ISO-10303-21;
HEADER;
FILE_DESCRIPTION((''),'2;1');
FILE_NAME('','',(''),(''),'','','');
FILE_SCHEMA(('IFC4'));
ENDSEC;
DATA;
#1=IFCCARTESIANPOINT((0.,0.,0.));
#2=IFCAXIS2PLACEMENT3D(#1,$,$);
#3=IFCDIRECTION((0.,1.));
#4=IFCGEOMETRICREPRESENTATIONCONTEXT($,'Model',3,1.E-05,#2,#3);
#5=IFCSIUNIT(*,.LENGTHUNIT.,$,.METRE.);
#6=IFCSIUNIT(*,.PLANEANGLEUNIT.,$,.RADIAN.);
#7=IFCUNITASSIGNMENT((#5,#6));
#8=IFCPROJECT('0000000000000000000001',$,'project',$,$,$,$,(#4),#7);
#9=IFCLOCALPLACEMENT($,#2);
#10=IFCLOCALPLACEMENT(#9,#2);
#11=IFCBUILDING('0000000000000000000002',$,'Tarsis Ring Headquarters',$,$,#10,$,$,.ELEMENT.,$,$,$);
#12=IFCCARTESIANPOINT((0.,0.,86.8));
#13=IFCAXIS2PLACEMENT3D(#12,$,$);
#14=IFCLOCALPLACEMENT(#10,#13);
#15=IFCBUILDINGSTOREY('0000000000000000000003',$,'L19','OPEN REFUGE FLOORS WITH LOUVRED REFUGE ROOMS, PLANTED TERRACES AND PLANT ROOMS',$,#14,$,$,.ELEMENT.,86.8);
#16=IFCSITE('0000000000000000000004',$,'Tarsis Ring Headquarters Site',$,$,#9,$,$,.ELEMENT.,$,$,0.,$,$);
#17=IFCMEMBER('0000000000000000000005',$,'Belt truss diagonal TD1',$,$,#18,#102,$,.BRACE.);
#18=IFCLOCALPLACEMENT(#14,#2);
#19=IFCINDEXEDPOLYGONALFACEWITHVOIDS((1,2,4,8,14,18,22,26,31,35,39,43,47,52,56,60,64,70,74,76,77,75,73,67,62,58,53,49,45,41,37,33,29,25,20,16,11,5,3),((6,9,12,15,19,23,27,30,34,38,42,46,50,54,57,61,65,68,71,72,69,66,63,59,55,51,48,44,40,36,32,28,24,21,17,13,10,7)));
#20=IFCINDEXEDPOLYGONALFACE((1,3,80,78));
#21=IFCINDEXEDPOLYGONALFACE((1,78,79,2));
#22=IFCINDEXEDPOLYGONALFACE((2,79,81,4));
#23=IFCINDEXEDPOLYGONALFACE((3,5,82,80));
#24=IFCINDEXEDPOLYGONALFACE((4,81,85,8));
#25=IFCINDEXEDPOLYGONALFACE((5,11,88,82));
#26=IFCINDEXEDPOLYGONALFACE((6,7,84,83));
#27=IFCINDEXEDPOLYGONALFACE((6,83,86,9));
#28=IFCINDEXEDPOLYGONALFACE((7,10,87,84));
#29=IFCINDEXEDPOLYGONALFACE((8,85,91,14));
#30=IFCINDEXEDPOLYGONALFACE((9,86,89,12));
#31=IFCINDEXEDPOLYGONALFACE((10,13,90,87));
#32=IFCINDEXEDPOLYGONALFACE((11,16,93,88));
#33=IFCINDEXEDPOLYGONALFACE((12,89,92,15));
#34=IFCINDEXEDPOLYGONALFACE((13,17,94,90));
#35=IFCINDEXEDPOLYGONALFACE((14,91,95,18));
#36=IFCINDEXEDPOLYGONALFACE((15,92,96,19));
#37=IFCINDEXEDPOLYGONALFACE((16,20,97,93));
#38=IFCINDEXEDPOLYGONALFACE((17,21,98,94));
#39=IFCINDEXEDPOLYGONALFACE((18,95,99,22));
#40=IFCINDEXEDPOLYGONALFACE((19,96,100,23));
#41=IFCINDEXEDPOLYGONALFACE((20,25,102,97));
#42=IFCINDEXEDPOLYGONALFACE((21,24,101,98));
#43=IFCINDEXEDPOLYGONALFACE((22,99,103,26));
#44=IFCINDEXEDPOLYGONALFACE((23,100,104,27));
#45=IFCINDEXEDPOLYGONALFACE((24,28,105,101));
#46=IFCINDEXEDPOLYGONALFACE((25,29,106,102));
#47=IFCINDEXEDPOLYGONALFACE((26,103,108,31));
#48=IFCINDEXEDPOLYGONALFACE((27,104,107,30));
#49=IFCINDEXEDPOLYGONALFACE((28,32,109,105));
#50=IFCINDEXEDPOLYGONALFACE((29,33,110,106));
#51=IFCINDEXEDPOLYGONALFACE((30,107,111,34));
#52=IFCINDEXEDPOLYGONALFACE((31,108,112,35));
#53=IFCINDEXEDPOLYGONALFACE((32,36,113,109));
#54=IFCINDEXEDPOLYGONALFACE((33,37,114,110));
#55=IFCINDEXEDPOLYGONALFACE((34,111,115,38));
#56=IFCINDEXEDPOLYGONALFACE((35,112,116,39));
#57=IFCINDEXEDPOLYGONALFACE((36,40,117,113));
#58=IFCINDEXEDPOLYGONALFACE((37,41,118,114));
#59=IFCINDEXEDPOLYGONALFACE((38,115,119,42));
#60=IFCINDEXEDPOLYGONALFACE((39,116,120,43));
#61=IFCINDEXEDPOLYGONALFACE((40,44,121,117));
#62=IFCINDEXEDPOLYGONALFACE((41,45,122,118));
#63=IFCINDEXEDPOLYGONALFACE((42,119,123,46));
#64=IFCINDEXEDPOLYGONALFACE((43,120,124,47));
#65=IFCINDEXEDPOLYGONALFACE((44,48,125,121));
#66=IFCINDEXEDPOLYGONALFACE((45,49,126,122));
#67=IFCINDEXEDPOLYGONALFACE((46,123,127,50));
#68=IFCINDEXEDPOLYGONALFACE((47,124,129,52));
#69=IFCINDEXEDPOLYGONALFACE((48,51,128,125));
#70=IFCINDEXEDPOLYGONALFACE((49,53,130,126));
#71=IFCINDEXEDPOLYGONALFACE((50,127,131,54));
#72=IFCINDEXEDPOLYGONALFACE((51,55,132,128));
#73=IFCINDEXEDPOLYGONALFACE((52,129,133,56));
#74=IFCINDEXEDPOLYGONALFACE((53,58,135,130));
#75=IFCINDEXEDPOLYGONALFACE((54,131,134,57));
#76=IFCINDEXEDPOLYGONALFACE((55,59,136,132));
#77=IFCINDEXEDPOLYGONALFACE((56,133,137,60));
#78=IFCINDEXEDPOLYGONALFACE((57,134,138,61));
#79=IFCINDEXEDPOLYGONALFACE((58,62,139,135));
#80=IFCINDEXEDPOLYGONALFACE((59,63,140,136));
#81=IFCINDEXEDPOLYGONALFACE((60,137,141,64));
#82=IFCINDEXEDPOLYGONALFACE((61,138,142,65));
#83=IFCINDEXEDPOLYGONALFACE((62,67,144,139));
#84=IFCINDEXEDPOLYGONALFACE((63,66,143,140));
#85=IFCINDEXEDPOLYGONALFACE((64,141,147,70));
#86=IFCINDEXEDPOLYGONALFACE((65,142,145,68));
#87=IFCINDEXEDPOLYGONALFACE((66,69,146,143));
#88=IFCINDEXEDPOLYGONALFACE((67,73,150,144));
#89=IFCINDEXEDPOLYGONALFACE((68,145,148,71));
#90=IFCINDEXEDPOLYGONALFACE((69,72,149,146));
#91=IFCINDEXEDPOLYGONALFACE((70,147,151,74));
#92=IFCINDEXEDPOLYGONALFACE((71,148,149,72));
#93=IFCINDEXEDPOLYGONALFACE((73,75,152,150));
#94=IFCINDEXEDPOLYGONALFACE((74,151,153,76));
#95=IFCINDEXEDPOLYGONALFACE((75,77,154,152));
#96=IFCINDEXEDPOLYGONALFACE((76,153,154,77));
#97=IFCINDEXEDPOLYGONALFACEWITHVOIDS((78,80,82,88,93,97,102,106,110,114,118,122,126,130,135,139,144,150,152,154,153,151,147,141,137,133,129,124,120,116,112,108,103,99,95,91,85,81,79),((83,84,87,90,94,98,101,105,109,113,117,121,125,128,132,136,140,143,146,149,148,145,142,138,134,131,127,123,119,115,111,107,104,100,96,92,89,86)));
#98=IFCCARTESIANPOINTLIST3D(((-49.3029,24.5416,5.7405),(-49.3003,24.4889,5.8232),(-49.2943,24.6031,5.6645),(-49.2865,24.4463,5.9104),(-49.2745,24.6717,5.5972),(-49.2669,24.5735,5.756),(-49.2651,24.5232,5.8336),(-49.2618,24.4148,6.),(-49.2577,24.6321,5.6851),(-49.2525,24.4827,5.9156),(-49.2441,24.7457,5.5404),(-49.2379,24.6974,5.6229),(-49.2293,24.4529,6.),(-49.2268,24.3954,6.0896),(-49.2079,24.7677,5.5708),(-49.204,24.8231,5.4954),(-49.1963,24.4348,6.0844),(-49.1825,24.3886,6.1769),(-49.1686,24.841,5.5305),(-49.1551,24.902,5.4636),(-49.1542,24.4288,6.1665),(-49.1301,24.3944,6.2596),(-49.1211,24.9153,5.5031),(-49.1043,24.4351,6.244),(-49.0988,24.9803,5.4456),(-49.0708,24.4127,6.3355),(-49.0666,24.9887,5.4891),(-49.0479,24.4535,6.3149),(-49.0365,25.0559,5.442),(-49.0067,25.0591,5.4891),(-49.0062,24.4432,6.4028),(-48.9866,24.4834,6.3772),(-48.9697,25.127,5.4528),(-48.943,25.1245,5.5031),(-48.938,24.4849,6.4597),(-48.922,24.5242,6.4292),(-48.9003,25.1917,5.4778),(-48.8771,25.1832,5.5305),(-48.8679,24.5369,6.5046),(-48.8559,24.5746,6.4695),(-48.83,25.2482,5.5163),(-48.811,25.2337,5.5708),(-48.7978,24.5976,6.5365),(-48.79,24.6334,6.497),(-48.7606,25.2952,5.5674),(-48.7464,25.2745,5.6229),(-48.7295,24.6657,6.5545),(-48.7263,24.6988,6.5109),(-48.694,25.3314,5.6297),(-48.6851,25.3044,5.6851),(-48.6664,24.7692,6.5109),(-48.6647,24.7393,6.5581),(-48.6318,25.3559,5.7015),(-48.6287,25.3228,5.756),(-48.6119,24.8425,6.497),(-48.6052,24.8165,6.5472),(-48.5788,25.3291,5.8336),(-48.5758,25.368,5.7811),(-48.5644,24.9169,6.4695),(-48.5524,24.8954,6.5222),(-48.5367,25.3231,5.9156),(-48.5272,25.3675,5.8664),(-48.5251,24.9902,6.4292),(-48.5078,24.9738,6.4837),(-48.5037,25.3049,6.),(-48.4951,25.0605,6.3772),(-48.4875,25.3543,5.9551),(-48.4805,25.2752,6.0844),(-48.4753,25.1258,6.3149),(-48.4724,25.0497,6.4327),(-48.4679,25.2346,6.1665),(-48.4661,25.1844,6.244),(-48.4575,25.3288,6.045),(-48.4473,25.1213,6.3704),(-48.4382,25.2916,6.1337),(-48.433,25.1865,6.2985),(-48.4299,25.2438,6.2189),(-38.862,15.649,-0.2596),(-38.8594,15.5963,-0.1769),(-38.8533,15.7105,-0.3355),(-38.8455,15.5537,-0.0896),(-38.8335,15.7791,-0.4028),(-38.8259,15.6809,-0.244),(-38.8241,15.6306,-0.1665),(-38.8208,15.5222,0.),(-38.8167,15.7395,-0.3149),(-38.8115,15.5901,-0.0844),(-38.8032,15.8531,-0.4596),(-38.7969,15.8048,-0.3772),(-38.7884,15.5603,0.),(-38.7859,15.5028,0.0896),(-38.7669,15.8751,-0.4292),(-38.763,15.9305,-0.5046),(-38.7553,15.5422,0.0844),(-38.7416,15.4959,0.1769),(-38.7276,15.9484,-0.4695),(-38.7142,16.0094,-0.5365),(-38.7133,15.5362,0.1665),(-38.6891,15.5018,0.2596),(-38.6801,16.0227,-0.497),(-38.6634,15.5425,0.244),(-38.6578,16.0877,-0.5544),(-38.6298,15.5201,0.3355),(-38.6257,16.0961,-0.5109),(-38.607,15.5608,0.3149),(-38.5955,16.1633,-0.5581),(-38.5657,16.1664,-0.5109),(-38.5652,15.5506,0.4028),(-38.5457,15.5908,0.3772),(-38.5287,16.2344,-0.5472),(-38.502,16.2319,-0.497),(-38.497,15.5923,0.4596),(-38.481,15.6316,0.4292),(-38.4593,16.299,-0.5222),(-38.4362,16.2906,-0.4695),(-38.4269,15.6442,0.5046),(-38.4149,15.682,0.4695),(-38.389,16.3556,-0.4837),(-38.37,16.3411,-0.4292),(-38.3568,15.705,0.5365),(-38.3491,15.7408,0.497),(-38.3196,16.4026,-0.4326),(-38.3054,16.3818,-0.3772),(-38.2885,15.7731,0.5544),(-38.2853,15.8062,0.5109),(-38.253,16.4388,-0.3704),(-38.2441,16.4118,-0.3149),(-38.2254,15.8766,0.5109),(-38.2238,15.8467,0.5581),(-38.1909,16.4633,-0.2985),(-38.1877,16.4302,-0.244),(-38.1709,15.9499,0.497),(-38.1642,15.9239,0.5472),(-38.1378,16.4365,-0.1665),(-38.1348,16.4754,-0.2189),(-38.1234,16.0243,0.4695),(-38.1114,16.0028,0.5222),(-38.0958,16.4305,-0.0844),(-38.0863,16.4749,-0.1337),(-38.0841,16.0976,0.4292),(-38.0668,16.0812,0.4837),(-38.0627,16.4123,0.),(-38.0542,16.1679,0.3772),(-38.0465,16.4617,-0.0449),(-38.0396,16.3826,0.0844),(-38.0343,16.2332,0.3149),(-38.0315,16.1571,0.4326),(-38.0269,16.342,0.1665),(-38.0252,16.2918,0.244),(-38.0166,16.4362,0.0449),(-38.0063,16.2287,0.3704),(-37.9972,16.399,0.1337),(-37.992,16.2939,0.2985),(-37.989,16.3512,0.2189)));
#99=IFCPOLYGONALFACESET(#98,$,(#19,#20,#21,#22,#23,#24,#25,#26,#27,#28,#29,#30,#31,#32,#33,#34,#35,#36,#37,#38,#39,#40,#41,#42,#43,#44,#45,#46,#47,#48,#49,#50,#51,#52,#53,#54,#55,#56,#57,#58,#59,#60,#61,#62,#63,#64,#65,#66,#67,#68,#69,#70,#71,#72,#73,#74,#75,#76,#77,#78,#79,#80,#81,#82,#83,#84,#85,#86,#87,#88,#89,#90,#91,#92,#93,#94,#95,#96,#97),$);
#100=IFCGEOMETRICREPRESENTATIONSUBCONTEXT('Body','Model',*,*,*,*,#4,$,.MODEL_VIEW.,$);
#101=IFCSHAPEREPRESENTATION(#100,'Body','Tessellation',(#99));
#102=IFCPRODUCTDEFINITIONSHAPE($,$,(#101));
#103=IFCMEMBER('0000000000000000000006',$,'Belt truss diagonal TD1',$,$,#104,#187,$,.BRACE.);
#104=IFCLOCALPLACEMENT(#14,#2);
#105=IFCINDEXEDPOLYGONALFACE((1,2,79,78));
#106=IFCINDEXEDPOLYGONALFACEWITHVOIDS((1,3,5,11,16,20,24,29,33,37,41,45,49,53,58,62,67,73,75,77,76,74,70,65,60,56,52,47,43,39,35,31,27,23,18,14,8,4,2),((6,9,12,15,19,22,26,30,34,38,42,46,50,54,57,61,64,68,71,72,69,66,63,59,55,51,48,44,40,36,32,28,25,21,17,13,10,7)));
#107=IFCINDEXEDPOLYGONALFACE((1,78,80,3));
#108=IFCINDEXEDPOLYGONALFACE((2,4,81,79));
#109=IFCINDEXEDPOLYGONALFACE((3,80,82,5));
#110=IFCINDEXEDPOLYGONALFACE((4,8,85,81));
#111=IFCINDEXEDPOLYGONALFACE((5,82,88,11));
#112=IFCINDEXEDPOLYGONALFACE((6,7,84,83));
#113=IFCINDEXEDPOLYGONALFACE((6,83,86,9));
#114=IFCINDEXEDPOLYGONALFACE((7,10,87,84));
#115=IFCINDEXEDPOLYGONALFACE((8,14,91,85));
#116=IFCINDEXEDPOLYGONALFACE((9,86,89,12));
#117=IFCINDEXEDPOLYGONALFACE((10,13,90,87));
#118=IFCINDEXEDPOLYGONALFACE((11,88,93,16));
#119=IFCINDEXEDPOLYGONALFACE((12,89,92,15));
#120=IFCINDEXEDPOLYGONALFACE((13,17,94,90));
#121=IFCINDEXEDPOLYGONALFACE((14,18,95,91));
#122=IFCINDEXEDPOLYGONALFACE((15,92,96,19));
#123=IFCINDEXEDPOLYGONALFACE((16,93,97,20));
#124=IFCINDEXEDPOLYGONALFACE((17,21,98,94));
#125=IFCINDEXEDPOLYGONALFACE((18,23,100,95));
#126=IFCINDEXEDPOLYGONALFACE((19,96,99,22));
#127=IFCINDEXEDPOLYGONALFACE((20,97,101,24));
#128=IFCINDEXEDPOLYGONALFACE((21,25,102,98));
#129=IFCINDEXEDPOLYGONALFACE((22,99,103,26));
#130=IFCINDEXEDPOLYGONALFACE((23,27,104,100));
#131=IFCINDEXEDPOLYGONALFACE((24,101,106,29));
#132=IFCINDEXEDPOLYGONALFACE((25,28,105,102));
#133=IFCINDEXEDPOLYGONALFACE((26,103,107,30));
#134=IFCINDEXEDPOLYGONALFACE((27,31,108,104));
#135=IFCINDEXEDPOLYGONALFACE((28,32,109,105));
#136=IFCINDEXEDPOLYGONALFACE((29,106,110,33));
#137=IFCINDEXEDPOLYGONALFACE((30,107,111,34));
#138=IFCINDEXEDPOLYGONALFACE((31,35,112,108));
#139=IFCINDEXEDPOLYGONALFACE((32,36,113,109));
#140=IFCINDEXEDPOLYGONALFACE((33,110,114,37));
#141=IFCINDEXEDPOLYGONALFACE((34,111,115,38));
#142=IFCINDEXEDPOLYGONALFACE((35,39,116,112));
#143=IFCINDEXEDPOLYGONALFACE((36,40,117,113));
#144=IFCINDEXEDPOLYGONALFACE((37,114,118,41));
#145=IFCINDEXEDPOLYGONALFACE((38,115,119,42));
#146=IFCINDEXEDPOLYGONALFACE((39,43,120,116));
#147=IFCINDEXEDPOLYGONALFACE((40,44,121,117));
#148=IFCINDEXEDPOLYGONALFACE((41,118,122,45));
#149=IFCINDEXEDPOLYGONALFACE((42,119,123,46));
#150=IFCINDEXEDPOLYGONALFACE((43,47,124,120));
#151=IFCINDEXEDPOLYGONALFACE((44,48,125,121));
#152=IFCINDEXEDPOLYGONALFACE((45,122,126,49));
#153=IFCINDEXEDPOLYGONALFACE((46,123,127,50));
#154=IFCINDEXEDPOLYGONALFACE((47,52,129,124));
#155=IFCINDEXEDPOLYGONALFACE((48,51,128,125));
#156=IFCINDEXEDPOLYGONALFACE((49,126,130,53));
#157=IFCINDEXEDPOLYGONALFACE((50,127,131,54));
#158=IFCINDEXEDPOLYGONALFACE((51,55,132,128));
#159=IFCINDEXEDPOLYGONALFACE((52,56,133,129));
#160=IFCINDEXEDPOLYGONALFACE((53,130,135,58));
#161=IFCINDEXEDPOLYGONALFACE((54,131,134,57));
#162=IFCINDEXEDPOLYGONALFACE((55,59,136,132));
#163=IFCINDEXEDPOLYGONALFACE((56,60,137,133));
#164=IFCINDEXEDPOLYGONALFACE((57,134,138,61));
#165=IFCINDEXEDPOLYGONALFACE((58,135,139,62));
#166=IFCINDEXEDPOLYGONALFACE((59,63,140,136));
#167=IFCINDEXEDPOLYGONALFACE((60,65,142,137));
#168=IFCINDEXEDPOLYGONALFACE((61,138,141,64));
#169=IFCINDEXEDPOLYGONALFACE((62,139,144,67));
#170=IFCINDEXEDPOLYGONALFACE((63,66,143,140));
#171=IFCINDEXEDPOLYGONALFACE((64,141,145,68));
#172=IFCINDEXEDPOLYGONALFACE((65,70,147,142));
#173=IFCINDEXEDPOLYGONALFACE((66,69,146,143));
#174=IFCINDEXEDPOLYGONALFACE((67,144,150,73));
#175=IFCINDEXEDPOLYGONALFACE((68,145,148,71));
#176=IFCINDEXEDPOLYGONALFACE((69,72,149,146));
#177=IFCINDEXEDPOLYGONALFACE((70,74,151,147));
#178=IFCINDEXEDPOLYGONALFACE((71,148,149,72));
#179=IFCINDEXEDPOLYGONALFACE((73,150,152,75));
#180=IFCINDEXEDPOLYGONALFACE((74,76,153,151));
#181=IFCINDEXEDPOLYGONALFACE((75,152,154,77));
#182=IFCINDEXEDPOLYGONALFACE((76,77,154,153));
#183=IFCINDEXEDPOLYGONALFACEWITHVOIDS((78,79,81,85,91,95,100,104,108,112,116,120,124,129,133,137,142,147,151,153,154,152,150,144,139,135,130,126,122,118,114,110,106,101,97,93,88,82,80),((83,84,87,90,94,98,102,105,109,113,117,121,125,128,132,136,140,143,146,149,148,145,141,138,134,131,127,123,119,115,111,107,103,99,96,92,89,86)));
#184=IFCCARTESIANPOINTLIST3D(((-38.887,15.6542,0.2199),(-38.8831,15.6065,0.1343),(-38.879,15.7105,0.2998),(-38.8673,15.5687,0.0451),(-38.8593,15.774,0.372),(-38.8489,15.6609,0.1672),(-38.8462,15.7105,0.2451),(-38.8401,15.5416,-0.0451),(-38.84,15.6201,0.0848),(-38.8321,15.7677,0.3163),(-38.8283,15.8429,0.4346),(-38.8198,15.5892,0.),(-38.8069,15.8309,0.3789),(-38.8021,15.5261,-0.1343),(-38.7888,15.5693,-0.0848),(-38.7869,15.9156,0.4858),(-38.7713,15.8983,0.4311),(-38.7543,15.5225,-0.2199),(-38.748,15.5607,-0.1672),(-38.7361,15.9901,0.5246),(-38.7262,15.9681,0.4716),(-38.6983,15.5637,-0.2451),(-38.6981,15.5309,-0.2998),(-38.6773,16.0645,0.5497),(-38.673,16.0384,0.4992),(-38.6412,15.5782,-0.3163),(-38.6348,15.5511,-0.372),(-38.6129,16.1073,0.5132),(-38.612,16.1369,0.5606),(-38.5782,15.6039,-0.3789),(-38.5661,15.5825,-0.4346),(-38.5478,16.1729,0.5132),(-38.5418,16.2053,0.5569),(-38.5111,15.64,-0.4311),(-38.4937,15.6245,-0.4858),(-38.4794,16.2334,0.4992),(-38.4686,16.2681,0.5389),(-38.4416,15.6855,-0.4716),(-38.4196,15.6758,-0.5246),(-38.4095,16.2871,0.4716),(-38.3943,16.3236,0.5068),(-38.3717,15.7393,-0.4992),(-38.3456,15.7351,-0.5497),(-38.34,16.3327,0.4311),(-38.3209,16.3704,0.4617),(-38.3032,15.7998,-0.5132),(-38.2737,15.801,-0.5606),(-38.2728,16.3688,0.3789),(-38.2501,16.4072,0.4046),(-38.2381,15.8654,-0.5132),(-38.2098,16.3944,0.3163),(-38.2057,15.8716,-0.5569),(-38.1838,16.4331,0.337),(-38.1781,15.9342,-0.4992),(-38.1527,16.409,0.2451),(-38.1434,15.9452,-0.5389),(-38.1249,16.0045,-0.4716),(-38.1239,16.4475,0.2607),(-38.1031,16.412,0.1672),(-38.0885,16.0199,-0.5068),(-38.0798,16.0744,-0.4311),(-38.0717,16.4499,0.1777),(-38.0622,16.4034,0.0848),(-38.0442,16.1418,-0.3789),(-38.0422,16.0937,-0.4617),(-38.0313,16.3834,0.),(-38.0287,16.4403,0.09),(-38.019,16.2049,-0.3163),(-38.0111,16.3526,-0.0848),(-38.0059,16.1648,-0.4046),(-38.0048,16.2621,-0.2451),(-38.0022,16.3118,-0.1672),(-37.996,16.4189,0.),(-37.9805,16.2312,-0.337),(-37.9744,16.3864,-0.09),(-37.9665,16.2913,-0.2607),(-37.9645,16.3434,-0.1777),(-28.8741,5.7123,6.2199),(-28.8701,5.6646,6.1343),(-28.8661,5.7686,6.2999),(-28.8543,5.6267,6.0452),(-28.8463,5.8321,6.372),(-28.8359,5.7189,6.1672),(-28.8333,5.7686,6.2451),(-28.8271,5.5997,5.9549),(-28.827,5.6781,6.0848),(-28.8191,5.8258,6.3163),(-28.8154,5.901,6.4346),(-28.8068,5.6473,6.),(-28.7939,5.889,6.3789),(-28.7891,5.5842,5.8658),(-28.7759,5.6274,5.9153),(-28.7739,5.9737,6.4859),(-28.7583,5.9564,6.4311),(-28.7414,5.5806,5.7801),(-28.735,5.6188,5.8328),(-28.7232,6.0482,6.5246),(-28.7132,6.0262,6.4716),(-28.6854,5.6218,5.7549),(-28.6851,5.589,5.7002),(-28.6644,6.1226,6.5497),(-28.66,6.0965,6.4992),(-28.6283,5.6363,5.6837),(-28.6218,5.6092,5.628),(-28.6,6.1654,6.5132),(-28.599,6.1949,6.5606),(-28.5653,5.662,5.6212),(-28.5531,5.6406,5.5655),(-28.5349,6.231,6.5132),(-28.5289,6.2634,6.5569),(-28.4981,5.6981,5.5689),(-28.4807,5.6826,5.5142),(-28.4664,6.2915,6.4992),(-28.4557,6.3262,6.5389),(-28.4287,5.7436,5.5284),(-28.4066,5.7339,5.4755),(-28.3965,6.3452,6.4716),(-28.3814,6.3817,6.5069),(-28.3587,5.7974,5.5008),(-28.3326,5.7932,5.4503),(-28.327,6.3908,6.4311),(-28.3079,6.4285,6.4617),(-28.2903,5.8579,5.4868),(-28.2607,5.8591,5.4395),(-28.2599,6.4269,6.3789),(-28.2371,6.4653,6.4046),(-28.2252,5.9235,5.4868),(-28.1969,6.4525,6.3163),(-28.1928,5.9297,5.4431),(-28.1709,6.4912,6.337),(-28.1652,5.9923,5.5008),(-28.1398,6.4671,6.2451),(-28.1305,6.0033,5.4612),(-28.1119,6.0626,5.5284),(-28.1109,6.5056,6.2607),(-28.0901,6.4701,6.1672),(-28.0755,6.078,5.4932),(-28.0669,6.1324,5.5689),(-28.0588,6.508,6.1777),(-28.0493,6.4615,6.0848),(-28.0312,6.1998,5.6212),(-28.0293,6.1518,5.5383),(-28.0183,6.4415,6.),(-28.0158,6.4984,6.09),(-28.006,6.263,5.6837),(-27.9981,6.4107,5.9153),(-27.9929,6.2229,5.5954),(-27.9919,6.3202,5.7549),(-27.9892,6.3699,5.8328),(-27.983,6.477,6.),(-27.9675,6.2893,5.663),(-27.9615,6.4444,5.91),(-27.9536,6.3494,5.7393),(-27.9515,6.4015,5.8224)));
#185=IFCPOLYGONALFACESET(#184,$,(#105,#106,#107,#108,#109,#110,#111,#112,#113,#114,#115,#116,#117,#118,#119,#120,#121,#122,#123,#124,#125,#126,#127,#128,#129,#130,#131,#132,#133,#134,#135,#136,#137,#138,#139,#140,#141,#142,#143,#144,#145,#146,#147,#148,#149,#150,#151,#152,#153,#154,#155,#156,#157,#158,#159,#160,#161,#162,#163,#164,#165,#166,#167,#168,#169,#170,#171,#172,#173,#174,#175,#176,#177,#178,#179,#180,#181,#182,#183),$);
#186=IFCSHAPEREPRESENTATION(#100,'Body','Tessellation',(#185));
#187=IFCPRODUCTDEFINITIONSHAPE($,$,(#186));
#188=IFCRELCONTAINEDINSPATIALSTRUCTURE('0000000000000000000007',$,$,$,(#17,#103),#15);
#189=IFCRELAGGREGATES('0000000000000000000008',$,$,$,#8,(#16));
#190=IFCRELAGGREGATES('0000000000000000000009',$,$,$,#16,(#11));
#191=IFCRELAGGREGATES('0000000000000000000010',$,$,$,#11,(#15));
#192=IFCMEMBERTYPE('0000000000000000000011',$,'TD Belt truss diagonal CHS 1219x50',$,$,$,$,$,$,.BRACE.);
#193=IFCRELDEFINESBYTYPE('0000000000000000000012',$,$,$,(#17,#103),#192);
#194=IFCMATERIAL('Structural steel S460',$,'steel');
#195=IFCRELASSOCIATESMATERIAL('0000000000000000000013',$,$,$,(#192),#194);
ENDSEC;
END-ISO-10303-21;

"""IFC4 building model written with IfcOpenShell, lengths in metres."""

from ifc_helpers import new_model, si_unit, direction, frame, origin, origin_2d, place, context, subcontext, project, spatial, hollow_circle, extrude, material, material_profile, profile_set, type_object, element, save


model = new_model("IFC4")

# Units and contexts
model_context = context("Model", 3, precision=1e-05, world=origin(), true_north=direction((0.0, 1.0)))
body_context = subcontext(model_context, "Body", "Model", "MODEL_VIEW")
ifc_project = project(units=[si_unit("LENGTHUNIT", "METRE"), si_unit("PLANEANGLEUNIT", "RADIAN")], contexts=[model_context])

# Site, building, storey
site_placement = place(None, origin())
site = spatial("IfcSite", under=ifc_project, at=site_placement, Name="Tarsis Ring Headquarters Site", CompositionType="ELEMENT", RefElevation=0.0)
building_placement = place(site_placement, origin())
building = spatial("IfcBuilding", under=site, at=building_placement, Name="Tarsis Ring Headquarters", CompositionType="ELEMENT")
storey_placement = place(building_placement, frame((0.0, 0.0, 86.8)))
storey = spatial("IfcBuildingStorey", under=building, at=storey_placement, Name="L19", Description="OPEN REFUGE FLOORS WITH LOUVRED REFUGE ROOMS, PLANTED TERRACES AND PLANT ROOMS", CompositionType="ELEMENT", Elevation=86.8)

# Shared definitions
ifc_material_1 = material(Name="Structural steel S460", Category="steel")
ifc_material_profile_1 = material_profile(ifc_material_1, hollow_circle(Radius=0.6096, WallThickness=0.05, at=origin_2d()), Name="CHS 1219x50")
ifc_profile_set_1 = profile_set([ifc_material_profile_1], Name="Structural steel S460")

# Members
member_type = type_object("IfcMemberType", Name="TD Belt truss diagonal CHS 1219x50", PredefinedType="BRACE", material=ifc_profile_set_1)
member_1_placement = place(storey_placement, frame((-38.4255, 15.9863, 0.0), z_axis=(-0.697472, 0.59404, 0.400811), x_axis=(-0.648402, -0.761299, 0.0)))
element("IfcMember", 1, at=member_1_placement, inside=storey, type_object=member_type, Name="Belt truss diagonal TD1", PredefinedType="BRACE", context=body_context, shape_type="SweptSolid", body=[
    extrude(hollow_circle(Radius=0.6096, WallThickness=0.05, at=origin_2d()), origin(), (0.0, 0.0, 1.0), 14.9697),
])
member_2_placement = place(storey_placement, frame((-38.4255, 15.9863, 0.0), z_axis=(0.653033, -0.648399, 0.391313), x_axis=(0.704585, 0.70962, 0.0)))
element("IfcMember", 2, at=member_2_placement, inside=storey, type_object=member_type, Name="Belt truss diagonal TD1", PredefinedType="BRACE", context=body_context, shape_type="SweptSolid", body=[
    extrude(hollow_circle(Radius=0.6096, WallThickness=0.05, at=origin_2d()), origin(), (0.0, 0.0, 1.0), 15.333),
])

save(model, "model.ifc")
